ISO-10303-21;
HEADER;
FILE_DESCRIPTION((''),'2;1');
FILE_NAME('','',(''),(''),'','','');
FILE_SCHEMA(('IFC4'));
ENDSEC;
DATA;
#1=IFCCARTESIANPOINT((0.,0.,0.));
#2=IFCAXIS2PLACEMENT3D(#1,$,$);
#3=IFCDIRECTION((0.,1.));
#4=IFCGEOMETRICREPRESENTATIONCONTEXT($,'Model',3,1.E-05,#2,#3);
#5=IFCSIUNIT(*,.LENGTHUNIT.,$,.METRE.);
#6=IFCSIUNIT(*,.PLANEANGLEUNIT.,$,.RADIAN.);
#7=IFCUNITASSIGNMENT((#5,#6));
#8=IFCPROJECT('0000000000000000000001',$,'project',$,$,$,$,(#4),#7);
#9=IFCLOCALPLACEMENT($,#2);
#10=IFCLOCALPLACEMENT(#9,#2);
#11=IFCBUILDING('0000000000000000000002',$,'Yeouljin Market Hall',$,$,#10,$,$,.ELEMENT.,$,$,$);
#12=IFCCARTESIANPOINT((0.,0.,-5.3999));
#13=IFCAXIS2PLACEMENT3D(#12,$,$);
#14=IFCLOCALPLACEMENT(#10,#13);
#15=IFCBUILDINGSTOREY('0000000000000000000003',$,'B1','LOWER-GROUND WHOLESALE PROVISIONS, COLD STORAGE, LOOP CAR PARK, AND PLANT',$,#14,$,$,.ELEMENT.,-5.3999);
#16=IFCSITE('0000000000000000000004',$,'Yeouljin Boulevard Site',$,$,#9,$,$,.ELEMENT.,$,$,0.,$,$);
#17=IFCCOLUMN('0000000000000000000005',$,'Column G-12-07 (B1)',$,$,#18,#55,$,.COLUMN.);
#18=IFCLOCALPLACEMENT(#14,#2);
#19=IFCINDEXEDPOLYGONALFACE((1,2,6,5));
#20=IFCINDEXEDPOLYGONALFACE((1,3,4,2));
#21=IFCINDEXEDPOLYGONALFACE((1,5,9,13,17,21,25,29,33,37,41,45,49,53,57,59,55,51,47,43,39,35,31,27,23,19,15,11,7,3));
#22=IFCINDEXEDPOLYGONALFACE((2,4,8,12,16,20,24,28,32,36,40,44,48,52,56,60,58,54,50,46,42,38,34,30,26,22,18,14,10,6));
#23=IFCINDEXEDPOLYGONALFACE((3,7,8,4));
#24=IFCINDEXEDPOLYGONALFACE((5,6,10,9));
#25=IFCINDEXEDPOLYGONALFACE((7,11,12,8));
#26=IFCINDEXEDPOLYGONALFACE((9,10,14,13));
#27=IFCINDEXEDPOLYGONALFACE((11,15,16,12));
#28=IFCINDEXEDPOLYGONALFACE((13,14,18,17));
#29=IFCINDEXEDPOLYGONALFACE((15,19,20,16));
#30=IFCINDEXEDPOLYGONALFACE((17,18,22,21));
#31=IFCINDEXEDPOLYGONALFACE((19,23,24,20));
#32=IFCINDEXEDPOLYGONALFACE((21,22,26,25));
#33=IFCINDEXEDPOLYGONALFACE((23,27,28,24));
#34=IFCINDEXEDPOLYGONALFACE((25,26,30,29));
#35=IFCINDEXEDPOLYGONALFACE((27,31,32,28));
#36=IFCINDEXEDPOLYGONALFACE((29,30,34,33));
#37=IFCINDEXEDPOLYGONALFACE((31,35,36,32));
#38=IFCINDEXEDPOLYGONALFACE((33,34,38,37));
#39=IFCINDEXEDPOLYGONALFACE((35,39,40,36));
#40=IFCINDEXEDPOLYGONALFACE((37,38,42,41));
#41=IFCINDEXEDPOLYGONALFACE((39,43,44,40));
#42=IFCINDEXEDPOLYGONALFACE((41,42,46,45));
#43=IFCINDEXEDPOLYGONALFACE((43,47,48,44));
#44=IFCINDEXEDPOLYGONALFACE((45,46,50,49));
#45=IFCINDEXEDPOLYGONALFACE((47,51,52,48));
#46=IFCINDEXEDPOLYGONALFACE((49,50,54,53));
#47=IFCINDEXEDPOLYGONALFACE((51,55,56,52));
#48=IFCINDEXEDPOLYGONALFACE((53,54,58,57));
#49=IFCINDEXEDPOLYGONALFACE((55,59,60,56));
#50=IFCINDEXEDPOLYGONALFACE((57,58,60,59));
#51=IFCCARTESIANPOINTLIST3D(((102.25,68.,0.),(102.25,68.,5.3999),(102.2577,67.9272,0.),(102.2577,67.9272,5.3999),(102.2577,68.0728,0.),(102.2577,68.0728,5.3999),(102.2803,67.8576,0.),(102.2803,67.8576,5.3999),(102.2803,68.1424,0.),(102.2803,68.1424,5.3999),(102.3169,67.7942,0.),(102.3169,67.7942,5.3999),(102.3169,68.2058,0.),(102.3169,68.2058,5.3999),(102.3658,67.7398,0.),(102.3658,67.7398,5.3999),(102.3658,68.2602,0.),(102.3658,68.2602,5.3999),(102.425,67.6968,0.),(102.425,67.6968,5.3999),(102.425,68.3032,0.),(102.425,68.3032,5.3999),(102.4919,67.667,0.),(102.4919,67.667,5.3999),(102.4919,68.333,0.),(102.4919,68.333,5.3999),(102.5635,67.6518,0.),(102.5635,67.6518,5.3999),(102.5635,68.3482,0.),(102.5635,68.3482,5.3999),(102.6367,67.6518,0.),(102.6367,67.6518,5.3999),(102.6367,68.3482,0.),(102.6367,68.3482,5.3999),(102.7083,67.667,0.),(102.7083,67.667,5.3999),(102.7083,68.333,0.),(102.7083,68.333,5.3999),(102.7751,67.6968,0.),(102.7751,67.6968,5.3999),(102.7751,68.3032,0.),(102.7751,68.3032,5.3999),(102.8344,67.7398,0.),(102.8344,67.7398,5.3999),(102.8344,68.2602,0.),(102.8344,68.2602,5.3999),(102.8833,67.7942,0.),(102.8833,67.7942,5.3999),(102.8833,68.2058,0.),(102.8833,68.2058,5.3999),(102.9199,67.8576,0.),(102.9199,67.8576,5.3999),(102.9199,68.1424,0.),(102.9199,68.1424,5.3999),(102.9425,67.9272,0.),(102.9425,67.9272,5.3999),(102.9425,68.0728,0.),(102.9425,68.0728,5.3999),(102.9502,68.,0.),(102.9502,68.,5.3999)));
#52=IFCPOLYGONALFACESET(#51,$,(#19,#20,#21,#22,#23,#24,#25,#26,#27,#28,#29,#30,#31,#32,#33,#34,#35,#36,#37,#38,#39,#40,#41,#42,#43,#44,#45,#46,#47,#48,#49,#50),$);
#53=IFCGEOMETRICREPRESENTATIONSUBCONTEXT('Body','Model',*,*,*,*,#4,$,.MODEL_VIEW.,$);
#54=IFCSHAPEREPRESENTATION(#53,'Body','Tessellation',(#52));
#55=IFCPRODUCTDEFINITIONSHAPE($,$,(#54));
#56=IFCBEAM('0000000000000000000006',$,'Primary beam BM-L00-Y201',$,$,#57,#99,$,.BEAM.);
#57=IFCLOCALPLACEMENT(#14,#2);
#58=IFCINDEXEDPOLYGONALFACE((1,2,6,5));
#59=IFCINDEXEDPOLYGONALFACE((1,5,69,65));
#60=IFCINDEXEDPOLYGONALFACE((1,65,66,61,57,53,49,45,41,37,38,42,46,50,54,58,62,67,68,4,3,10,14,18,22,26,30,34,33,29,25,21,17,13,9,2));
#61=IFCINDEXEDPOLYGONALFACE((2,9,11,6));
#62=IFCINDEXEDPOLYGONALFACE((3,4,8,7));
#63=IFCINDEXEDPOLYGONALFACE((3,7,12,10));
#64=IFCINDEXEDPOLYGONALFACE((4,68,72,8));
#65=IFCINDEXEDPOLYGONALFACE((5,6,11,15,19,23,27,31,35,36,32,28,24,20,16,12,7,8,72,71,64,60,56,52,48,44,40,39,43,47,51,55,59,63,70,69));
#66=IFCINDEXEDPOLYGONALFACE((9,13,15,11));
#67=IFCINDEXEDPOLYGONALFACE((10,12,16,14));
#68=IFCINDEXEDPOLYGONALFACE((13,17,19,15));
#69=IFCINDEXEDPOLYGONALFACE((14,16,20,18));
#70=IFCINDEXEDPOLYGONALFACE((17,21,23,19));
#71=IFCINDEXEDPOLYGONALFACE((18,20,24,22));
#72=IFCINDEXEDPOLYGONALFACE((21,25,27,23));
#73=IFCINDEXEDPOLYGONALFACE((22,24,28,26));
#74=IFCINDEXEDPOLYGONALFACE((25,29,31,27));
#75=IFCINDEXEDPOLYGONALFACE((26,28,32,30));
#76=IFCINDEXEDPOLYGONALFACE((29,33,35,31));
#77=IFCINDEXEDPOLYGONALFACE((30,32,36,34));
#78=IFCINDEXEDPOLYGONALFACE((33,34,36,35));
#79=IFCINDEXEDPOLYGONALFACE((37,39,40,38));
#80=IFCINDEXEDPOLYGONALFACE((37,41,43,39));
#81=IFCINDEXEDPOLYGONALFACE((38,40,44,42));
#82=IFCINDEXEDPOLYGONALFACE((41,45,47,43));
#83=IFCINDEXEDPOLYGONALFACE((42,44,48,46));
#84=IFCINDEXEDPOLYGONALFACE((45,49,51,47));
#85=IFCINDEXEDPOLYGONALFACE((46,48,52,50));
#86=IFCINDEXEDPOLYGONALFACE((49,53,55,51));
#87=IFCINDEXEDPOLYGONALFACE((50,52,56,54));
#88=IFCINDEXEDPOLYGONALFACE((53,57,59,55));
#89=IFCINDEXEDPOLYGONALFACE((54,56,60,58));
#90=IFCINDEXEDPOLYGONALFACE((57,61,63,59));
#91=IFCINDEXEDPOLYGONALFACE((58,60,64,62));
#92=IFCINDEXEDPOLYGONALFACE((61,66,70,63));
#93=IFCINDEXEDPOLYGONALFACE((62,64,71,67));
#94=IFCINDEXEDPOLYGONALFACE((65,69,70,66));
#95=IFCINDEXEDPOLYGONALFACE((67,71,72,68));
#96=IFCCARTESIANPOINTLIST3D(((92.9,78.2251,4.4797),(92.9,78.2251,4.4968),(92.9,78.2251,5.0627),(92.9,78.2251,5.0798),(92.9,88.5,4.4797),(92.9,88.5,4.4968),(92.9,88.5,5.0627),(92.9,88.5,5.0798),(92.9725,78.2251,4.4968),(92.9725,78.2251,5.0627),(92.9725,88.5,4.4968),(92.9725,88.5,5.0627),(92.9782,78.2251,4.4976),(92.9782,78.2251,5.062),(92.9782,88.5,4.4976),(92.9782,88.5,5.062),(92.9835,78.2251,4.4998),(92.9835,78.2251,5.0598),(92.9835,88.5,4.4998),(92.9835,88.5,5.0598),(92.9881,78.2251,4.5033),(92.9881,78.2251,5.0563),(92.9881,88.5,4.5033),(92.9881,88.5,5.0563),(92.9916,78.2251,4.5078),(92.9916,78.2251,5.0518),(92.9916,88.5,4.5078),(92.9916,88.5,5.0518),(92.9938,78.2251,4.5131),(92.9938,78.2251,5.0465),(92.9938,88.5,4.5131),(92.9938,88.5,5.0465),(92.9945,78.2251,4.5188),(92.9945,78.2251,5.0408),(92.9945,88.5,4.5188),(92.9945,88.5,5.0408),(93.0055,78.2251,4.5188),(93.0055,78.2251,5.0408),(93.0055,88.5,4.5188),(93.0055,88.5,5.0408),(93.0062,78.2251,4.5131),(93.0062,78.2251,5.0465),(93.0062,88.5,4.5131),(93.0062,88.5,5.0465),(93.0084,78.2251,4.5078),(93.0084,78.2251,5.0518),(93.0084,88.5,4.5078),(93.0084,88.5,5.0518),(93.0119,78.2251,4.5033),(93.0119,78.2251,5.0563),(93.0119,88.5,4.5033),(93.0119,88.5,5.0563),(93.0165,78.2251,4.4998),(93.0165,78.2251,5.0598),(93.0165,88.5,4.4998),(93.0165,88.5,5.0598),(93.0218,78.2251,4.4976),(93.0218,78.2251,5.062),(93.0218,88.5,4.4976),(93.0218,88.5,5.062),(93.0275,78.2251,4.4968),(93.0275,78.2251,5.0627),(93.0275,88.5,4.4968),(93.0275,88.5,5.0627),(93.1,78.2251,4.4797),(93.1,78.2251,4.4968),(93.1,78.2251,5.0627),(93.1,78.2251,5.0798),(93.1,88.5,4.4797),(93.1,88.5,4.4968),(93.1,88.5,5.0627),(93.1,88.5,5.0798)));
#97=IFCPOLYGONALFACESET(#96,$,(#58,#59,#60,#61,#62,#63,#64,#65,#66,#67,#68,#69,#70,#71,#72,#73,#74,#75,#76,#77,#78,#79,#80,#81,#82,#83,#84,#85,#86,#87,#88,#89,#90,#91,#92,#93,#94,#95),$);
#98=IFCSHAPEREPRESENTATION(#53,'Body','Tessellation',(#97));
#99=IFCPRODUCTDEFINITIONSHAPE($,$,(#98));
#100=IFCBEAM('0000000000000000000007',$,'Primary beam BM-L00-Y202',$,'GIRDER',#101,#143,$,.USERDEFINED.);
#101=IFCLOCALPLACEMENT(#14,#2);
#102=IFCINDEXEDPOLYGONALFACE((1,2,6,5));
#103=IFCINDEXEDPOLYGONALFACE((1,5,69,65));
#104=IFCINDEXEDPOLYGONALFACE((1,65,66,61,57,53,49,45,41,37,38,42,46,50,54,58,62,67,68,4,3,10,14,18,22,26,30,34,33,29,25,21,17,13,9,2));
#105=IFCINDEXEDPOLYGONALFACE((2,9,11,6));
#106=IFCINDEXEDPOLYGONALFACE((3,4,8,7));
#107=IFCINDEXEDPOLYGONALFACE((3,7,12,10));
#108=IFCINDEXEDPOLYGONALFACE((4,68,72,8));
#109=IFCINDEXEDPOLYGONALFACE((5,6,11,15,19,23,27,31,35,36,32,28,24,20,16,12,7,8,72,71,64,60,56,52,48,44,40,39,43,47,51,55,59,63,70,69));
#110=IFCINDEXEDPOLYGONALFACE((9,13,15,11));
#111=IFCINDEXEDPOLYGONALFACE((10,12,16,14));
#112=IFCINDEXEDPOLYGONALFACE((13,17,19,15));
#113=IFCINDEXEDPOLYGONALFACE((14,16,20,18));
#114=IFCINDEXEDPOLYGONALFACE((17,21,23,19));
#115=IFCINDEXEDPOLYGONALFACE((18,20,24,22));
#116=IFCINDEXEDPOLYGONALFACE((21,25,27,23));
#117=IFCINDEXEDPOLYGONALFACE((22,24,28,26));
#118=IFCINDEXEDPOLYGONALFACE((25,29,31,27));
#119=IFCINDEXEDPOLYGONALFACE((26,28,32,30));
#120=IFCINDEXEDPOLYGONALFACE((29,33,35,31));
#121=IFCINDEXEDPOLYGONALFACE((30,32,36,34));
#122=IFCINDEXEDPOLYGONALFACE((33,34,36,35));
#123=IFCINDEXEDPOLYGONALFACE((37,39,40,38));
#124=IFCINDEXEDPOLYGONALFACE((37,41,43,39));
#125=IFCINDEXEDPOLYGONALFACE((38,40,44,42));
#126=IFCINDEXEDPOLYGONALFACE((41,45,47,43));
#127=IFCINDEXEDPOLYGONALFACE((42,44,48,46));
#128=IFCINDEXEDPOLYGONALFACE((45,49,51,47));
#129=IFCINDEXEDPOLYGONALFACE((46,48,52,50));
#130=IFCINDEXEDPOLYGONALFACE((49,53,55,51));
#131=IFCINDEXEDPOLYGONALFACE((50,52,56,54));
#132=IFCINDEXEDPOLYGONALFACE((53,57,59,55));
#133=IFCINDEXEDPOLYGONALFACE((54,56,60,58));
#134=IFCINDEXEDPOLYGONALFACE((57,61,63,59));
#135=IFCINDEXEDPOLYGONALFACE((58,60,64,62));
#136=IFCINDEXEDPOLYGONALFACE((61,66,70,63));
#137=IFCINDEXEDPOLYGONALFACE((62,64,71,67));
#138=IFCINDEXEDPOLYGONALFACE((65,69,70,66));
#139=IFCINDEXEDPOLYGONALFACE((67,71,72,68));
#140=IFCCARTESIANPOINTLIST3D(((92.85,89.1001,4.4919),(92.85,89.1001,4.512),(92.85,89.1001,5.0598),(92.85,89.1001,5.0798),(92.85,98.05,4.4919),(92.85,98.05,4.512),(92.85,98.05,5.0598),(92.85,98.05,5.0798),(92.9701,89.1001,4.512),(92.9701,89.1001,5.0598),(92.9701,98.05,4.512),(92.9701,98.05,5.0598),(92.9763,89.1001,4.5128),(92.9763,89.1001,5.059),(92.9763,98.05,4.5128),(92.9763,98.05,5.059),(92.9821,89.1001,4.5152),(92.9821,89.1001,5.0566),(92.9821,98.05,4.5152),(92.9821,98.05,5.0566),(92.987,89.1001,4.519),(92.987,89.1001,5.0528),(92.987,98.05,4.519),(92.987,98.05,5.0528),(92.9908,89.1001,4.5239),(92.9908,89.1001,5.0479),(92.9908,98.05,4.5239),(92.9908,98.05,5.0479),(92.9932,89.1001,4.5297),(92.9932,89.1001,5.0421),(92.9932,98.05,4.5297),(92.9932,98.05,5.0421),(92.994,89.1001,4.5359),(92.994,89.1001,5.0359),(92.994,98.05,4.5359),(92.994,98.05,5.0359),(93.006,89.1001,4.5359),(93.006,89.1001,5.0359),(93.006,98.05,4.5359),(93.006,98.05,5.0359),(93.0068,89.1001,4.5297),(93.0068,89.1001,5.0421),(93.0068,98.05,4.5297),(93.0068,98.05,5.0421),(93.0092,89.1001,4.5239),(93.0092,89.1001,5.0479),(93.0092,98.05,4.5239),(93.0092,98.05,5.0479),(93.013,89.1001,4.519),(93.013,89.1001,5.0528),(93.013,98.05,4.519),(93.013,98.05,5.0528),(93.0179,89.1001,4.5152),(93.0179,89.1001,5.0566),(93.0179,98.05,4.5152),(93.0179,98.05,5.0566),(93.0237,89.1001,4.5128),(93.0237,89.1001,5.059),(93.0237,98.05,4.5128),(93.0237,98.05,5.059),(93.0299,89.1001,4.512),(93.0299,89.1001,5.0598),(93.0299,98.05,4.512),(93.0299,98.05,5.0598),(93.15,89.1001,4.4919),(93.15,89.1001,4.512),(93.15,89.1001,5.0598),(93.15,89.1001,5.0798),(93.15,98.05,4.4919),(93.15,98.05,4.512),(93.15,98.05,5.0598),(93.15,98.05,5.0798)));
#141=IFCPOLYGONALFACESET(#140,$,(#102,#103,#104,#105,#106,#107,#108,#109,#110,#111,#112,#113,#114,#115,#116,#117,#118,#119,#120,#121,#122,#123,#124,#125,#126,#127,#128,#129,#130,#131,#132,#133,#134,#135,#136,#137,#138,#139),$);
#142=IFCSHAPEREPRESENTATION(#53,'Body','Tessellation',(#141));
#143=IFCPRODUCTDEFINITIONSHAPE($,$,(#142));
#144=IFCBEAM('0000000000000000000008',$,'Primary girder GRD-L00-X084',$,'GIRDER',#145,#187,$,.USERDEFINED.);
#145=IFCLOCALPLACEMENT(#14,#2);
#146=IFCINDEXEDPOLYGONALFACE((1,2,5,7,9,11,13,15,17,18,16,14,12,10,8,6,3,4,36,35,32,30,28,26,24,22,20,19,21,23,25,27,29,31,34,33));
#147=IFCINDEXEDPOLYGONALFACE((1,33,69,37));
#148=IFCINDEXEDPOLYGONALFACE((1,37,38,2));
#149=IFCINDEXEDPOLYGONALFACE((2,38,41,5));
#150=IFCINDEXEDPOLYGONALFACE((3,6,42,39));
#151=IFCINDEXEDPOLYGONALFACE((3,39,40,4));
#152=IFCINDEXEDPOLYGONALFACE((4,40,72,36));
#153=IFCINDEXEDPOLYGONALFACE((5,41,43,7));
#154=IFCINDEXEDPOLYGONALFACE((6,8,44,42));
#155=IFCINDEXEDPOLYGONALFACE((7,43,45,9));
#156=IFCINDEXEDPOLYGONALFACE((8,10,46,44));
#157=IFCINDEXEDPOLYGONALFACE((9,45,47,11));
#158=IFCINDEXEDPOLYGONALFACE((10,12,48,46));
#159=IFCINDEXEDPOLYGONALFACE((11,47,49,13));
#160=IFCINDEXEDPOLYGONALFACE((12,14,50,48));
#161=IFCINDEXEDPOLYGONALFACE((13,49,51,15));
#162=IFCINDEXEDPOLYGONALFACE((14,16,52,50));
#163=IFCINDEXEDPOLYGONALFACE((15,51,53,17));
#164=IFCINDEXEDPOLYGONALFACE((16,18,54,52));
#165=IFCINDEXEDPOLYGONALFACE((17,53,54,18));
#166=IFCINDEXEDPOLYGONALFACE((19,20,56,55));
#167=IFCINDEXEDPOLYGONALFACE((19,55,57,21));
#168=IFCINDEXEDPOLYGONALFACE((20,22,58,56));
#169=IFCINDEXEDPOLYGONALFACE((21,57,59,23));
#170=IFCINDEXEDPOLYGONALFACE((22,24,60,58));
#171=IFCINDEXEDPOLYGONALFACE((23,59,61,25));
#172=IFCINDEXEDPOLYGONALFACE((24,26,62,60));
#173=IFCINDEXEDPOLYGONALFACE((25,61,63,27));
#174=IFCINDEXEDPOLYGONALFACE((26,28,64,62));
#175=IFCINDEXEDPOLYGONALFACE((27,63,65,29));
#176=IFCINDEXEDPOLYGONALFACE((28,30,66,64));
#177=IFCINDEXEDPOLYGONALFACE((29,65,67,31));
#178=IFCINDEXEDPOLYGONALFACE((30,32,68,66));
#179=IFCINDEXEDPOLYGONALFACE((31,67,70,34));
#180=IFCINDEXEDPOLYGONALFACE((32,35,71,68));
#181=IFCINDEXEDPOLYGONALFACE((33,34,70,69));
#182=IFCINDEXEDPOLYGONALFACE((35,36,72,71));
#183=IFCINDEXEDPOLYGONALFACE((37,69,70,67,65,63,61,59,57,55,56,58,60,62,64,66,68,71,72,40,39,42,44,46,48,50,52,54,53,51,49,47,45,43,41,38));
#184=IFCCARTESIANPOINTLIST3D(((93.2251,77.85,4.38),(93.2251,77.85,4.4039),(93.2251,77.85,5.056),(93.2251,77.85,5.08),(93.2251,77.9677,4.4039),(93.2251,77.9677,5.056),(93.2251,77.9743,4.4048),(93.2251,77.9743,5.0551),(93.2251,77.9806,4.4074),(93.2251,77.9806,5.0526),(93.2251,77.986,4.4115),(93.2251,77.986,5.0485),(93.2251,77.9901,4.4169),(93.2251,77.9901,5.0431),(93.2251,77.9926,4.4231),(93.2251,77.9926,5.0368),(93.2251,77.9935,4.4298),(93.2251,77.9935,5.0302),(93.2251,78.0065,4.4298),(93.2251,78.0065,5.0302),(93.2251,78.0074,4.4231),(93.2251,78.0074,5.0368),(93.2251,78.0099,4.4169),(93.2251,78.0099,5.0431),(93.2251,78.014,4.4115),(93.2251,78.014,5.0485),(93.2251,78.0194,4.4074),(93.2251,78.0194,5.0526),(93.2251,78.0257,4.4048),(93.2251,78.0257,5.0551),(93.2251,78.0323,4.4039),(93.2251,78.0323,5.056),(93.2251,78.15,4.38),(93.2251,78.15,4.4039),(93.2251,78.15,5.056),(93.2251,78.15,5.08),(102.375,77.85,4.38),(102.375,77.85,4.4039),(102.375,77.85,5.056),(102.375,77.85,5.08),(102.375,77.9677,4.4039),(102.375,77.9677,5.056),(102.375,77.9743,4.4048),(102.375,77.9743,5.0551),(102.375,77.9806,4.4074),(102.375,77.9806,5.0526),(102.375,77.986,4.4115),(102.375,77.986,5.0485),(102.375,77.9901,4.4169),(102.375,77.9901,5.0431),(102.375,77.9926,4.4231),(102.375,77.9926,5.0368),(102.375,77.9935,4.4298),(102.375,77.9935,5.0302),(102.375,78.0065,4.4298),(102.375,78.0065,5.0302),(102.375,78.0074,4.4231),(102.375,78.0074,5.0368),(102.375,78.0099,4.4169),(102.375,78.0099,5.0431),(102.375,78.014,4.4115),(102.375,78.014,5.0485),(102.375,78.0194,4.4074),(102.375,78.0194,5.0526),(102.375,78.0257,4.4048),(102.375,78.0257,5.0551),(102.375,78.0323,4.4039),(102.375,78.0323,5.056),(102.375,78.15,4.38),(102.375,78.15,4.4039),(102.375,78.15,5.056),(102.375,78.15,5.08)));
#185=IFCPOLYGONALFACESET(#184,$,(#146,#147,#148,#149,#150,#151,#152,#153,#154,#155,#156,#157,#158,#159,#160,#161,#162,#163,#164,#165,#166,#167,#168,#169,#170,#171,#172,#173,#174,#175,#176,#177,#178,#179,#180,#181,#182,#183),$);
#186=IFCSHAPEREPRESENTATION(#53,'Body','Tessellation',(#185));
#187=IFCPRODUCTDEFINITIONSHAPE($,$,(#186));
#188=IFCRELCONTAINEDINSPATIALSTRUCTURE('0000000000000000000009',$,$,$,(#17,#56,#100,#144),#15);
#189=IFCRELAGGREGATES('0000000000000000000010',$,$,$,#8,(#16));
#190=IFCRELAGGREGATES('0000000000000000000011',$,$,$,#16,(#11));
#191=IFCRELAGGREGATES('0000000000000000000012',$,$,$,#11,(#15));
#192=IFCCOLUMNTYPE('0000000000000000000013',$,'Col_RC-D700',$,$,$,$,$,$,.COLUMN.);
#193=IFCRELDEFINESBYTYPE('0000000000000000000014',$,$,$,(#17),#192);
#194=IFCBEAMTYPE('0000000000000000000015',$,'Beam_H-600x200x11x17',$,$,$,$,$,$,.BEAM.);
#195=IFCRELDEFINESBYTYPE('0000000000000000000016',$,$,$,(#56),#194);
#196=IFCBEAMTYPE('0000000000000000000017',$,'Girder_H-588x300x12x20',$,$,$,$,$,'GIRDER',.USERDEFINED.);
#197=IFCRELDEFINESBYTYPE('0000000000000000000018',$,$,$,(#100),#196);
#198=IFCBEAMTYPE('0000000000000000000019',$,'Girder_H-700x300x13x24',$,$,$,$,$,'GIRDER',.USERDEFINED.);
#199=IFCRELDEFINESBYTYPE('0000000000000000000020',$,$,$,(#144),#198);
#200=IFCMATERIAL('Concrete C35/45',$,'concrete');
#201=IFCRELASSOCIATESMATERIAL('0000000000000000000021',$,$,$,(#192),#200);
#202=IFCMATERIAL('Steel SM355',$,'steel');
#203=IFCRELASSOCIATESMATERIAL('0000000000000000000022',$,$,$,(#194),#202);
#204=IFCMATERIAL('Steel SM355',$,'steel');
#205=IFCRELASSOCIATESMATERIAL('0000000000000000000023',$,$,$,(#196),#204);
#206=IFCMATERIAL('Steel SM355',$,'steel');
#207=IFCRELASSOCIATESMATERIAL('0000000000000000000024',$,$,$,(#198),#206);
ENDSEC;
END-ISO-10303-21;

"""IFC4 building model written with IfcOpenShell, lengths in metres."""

from ifc_helpers import new_model, si_unit, direction, frame, origin, origin_2d, place, context, subcontext, project, spatial, circle, i_section, extrude, material, material_profile, profile_set, type_object, element, save


model = new_model("IFC4")

# Units and contexts
model_context = context("Model", 3, precision=1e-05, world=origin(), true_north=direction((0.0, 1.0)))
body_context = subcontext(model_context, "Body", "Model", "MODEL_VIEW")
ifc_project = project(units=[si_unit("LENGTHUNIT", "METRE"), si_unit("PLANEANGLEUNIT", "RADIAN")], contexts=[model_context])

# Site, building, storey
site_placement = place(None, origin())
site = spatial("IfcSite", under=ifc_project, at=site_placement, Name="Yeouljin Boulevard Site", CompositionType="ELEMENT", RefElevation=0.0)
building_placement = place(site_placement, origin())
building = spatial("IfcBuilding", under=site, at=building_placement, Name="Yeouljin Market Hall", CompositionType="ELEMENT")
storey_placement = place(building_placement, frame((0.0, 0.0, -5.3999)))
storey = spatial("IfcBuildingStorey", under=building, at=storey_placement, Name="B1", Description="LOWER-GROUND WHOLESALE PROVISIONS, COLD STORAGE, LOOP CAR PARK, AND PLANT", CompositionType="ELEMENT", Elevation=-5.3999)

# Column
ifc_material_1 = material(Name="Concrete C35/45", Category="concrete")
ifc_material_profile_1 = material_profile(ifc_material_1, circle(Radius=0.3501, at=origin_2d()), Name="RC-D700")
ifc_profile_set_1 = profile_set([ifc_material_profile_1], Name="Concrete C35/45")
column_type_1 = type_object("IfcColumnType", Name="Col_RC-D700", PredefinedType="COLUMN", material=ifc_profile_set_1)
column_1_placement = place(storey_placement, frame((102.6001, 68.0, 0.0), z_axis=(0.0, 0.0, 1.0), x_axis=(1.0, 0.0, 0.0)))
element("IfcColumn", 1, at=column_1_placement, inside=storey, type_object=column_type_1, Name="Column G-12-07 (B1)", PredefinedType="COLUMN", context=body_context, shape_type="SweptSolid", body=[
    extrude(circle(Radius=0.3501, at=origin_2d()), origin(), (0.0, 0.0, 1.0), 5.3999),
])

# Beams
ifc_material_2 = material(Name="Steel SM355", Category="steel")
ifc_material_profile_2 = material_profile(ifc_material_2, i_section(OverallWidth=0.2, OverallDepth=0.6001, WebThickness=0.011, FlangeThickness=0.0171, FilletRadius=0.022, at=origin_2d()), Name="H-600x200x11x17")
ifc_profile_set_2 = profile_set([ifc_material_profile_2], Name="Steel SM355")
beam_type_1 = type_object("IfcBeamType", Name="Beam_H-600x200x11x17", PredefinedType="BEAM", material=ifc_profile_set_2)
beam_1_placement = place(storey_placement, frame((93.0, 78.2251, 4.7798), z_axis=(0.0, 1.0, 0.0), x_axis=(-1.0, 0.0, 0.0)))
element("IfcBeam", 2, at=beam_1_placement, inside=storey, type_object=beam_type_1, Name="Primary beam BM-L00-Y201", PredefinedType="BEAM", context=body_context, shape_type="SweptSolid", body=[
    extrude(i_section(OverallWidth=0.2, OverallDepth=0.6001, WebThickness=0.011, FlangeThickness=0.0171, FilletRadius=0.022, at=origin_2d()), origin(), (0.0, 0.0, 1.0), 10.2749),
])
ifc_material_3 = material(Name="Steel SM355", Category="steel")
ifc_material_profile_3 = material_profile(ifc_material_3, i_section(OverallWidth=0.3, OverallDepth=0.5879, WebThickness=0.012, FlangeThickness=0.02, FilletRadius=0.0239, at=origin_2d()), Name="H-588x300x12x20")
ifc_profile_set_3 = profile_set([ifc_material_profile_3], Name="Steel SM355")
beam_type_2 = type_object("IfcBeamType", Name="Girder_H-588x300x12x20", ElementType="GIRDER", PredefinedType="USERDEFINED", material=ifc_profile_set_3)
beam_2_placement = place(storey_placement, frame((93.0, 89.1001, 4.7859), z_axis=(0.0, 1.0, 0.0), x_axis=(-1.0, 0.0, 0.0)))
element("IfcBeam", 3, at=beam_2_placement, inside=storey, type_object=beam_type_2, Name="Primary beam BM-L00-Y202", ObjectType="GIRDER", PredefinedType="USERDEFINED", context=body_context, shape_type="SweptSolid", body=[
    extrude(i_section(OverallWidth=0.3, OverallDepth=0.5879, WebThickness=0.012, FlangeThickness=0.02, FilletRadius=0.0239, at=origin_2d()), origin(), (0.0, 0.0, 1.0), 8.95),
])
ifc_material_4 = material(Name="Steel SM355", Category="steel")
ifc_material_profile_4 = material_profile(ifc_material_4, i_section(OverallWidth=0.3, OverallDepth=0.7, WebThickness=0.0129, FlangeThickness=0.0239, FilletRadius=0.0259, at=origin_2d()), Name="H-700x300x13x24")
ifc_profile_set_4 = profile_set([ifc_material_profile_4], Name="Steel SM355")
beam_type_3 = type_object("IfcBeamType", Name="Girder_H-700x300x13x24", ElementType="GIRDER", PredefinedType="USERDEFINED", material=ifc_profile_set_4)
beam_3_placement = place(storey_placement, frame((93.2251, 78.0, 4.73), z_axis=(1.0, 0.0, 0.0), x_axis=(0.0, 1.0, 0.0)))
element("IfcBeam", 4, at=beam_3_placement, inside=storey, type_object=beam_type_3, Name="Primary girder GRD-L00-X084", ObjectType="GIRDER", PredefinedType="USERDEFINED", context=body_context, shape_type="SweptSolid", body=[
    extrude(i_section(OverallWidth=0.3, OverallDepth=0.7, WebThickness=0.0129, FlangeThickness=0.0239, FilletRadius=0.0259, at=origin_2d()), origin(), (0.0, 0.0, 1.0), 9.1499),
])

save(model, "model.ifc")
